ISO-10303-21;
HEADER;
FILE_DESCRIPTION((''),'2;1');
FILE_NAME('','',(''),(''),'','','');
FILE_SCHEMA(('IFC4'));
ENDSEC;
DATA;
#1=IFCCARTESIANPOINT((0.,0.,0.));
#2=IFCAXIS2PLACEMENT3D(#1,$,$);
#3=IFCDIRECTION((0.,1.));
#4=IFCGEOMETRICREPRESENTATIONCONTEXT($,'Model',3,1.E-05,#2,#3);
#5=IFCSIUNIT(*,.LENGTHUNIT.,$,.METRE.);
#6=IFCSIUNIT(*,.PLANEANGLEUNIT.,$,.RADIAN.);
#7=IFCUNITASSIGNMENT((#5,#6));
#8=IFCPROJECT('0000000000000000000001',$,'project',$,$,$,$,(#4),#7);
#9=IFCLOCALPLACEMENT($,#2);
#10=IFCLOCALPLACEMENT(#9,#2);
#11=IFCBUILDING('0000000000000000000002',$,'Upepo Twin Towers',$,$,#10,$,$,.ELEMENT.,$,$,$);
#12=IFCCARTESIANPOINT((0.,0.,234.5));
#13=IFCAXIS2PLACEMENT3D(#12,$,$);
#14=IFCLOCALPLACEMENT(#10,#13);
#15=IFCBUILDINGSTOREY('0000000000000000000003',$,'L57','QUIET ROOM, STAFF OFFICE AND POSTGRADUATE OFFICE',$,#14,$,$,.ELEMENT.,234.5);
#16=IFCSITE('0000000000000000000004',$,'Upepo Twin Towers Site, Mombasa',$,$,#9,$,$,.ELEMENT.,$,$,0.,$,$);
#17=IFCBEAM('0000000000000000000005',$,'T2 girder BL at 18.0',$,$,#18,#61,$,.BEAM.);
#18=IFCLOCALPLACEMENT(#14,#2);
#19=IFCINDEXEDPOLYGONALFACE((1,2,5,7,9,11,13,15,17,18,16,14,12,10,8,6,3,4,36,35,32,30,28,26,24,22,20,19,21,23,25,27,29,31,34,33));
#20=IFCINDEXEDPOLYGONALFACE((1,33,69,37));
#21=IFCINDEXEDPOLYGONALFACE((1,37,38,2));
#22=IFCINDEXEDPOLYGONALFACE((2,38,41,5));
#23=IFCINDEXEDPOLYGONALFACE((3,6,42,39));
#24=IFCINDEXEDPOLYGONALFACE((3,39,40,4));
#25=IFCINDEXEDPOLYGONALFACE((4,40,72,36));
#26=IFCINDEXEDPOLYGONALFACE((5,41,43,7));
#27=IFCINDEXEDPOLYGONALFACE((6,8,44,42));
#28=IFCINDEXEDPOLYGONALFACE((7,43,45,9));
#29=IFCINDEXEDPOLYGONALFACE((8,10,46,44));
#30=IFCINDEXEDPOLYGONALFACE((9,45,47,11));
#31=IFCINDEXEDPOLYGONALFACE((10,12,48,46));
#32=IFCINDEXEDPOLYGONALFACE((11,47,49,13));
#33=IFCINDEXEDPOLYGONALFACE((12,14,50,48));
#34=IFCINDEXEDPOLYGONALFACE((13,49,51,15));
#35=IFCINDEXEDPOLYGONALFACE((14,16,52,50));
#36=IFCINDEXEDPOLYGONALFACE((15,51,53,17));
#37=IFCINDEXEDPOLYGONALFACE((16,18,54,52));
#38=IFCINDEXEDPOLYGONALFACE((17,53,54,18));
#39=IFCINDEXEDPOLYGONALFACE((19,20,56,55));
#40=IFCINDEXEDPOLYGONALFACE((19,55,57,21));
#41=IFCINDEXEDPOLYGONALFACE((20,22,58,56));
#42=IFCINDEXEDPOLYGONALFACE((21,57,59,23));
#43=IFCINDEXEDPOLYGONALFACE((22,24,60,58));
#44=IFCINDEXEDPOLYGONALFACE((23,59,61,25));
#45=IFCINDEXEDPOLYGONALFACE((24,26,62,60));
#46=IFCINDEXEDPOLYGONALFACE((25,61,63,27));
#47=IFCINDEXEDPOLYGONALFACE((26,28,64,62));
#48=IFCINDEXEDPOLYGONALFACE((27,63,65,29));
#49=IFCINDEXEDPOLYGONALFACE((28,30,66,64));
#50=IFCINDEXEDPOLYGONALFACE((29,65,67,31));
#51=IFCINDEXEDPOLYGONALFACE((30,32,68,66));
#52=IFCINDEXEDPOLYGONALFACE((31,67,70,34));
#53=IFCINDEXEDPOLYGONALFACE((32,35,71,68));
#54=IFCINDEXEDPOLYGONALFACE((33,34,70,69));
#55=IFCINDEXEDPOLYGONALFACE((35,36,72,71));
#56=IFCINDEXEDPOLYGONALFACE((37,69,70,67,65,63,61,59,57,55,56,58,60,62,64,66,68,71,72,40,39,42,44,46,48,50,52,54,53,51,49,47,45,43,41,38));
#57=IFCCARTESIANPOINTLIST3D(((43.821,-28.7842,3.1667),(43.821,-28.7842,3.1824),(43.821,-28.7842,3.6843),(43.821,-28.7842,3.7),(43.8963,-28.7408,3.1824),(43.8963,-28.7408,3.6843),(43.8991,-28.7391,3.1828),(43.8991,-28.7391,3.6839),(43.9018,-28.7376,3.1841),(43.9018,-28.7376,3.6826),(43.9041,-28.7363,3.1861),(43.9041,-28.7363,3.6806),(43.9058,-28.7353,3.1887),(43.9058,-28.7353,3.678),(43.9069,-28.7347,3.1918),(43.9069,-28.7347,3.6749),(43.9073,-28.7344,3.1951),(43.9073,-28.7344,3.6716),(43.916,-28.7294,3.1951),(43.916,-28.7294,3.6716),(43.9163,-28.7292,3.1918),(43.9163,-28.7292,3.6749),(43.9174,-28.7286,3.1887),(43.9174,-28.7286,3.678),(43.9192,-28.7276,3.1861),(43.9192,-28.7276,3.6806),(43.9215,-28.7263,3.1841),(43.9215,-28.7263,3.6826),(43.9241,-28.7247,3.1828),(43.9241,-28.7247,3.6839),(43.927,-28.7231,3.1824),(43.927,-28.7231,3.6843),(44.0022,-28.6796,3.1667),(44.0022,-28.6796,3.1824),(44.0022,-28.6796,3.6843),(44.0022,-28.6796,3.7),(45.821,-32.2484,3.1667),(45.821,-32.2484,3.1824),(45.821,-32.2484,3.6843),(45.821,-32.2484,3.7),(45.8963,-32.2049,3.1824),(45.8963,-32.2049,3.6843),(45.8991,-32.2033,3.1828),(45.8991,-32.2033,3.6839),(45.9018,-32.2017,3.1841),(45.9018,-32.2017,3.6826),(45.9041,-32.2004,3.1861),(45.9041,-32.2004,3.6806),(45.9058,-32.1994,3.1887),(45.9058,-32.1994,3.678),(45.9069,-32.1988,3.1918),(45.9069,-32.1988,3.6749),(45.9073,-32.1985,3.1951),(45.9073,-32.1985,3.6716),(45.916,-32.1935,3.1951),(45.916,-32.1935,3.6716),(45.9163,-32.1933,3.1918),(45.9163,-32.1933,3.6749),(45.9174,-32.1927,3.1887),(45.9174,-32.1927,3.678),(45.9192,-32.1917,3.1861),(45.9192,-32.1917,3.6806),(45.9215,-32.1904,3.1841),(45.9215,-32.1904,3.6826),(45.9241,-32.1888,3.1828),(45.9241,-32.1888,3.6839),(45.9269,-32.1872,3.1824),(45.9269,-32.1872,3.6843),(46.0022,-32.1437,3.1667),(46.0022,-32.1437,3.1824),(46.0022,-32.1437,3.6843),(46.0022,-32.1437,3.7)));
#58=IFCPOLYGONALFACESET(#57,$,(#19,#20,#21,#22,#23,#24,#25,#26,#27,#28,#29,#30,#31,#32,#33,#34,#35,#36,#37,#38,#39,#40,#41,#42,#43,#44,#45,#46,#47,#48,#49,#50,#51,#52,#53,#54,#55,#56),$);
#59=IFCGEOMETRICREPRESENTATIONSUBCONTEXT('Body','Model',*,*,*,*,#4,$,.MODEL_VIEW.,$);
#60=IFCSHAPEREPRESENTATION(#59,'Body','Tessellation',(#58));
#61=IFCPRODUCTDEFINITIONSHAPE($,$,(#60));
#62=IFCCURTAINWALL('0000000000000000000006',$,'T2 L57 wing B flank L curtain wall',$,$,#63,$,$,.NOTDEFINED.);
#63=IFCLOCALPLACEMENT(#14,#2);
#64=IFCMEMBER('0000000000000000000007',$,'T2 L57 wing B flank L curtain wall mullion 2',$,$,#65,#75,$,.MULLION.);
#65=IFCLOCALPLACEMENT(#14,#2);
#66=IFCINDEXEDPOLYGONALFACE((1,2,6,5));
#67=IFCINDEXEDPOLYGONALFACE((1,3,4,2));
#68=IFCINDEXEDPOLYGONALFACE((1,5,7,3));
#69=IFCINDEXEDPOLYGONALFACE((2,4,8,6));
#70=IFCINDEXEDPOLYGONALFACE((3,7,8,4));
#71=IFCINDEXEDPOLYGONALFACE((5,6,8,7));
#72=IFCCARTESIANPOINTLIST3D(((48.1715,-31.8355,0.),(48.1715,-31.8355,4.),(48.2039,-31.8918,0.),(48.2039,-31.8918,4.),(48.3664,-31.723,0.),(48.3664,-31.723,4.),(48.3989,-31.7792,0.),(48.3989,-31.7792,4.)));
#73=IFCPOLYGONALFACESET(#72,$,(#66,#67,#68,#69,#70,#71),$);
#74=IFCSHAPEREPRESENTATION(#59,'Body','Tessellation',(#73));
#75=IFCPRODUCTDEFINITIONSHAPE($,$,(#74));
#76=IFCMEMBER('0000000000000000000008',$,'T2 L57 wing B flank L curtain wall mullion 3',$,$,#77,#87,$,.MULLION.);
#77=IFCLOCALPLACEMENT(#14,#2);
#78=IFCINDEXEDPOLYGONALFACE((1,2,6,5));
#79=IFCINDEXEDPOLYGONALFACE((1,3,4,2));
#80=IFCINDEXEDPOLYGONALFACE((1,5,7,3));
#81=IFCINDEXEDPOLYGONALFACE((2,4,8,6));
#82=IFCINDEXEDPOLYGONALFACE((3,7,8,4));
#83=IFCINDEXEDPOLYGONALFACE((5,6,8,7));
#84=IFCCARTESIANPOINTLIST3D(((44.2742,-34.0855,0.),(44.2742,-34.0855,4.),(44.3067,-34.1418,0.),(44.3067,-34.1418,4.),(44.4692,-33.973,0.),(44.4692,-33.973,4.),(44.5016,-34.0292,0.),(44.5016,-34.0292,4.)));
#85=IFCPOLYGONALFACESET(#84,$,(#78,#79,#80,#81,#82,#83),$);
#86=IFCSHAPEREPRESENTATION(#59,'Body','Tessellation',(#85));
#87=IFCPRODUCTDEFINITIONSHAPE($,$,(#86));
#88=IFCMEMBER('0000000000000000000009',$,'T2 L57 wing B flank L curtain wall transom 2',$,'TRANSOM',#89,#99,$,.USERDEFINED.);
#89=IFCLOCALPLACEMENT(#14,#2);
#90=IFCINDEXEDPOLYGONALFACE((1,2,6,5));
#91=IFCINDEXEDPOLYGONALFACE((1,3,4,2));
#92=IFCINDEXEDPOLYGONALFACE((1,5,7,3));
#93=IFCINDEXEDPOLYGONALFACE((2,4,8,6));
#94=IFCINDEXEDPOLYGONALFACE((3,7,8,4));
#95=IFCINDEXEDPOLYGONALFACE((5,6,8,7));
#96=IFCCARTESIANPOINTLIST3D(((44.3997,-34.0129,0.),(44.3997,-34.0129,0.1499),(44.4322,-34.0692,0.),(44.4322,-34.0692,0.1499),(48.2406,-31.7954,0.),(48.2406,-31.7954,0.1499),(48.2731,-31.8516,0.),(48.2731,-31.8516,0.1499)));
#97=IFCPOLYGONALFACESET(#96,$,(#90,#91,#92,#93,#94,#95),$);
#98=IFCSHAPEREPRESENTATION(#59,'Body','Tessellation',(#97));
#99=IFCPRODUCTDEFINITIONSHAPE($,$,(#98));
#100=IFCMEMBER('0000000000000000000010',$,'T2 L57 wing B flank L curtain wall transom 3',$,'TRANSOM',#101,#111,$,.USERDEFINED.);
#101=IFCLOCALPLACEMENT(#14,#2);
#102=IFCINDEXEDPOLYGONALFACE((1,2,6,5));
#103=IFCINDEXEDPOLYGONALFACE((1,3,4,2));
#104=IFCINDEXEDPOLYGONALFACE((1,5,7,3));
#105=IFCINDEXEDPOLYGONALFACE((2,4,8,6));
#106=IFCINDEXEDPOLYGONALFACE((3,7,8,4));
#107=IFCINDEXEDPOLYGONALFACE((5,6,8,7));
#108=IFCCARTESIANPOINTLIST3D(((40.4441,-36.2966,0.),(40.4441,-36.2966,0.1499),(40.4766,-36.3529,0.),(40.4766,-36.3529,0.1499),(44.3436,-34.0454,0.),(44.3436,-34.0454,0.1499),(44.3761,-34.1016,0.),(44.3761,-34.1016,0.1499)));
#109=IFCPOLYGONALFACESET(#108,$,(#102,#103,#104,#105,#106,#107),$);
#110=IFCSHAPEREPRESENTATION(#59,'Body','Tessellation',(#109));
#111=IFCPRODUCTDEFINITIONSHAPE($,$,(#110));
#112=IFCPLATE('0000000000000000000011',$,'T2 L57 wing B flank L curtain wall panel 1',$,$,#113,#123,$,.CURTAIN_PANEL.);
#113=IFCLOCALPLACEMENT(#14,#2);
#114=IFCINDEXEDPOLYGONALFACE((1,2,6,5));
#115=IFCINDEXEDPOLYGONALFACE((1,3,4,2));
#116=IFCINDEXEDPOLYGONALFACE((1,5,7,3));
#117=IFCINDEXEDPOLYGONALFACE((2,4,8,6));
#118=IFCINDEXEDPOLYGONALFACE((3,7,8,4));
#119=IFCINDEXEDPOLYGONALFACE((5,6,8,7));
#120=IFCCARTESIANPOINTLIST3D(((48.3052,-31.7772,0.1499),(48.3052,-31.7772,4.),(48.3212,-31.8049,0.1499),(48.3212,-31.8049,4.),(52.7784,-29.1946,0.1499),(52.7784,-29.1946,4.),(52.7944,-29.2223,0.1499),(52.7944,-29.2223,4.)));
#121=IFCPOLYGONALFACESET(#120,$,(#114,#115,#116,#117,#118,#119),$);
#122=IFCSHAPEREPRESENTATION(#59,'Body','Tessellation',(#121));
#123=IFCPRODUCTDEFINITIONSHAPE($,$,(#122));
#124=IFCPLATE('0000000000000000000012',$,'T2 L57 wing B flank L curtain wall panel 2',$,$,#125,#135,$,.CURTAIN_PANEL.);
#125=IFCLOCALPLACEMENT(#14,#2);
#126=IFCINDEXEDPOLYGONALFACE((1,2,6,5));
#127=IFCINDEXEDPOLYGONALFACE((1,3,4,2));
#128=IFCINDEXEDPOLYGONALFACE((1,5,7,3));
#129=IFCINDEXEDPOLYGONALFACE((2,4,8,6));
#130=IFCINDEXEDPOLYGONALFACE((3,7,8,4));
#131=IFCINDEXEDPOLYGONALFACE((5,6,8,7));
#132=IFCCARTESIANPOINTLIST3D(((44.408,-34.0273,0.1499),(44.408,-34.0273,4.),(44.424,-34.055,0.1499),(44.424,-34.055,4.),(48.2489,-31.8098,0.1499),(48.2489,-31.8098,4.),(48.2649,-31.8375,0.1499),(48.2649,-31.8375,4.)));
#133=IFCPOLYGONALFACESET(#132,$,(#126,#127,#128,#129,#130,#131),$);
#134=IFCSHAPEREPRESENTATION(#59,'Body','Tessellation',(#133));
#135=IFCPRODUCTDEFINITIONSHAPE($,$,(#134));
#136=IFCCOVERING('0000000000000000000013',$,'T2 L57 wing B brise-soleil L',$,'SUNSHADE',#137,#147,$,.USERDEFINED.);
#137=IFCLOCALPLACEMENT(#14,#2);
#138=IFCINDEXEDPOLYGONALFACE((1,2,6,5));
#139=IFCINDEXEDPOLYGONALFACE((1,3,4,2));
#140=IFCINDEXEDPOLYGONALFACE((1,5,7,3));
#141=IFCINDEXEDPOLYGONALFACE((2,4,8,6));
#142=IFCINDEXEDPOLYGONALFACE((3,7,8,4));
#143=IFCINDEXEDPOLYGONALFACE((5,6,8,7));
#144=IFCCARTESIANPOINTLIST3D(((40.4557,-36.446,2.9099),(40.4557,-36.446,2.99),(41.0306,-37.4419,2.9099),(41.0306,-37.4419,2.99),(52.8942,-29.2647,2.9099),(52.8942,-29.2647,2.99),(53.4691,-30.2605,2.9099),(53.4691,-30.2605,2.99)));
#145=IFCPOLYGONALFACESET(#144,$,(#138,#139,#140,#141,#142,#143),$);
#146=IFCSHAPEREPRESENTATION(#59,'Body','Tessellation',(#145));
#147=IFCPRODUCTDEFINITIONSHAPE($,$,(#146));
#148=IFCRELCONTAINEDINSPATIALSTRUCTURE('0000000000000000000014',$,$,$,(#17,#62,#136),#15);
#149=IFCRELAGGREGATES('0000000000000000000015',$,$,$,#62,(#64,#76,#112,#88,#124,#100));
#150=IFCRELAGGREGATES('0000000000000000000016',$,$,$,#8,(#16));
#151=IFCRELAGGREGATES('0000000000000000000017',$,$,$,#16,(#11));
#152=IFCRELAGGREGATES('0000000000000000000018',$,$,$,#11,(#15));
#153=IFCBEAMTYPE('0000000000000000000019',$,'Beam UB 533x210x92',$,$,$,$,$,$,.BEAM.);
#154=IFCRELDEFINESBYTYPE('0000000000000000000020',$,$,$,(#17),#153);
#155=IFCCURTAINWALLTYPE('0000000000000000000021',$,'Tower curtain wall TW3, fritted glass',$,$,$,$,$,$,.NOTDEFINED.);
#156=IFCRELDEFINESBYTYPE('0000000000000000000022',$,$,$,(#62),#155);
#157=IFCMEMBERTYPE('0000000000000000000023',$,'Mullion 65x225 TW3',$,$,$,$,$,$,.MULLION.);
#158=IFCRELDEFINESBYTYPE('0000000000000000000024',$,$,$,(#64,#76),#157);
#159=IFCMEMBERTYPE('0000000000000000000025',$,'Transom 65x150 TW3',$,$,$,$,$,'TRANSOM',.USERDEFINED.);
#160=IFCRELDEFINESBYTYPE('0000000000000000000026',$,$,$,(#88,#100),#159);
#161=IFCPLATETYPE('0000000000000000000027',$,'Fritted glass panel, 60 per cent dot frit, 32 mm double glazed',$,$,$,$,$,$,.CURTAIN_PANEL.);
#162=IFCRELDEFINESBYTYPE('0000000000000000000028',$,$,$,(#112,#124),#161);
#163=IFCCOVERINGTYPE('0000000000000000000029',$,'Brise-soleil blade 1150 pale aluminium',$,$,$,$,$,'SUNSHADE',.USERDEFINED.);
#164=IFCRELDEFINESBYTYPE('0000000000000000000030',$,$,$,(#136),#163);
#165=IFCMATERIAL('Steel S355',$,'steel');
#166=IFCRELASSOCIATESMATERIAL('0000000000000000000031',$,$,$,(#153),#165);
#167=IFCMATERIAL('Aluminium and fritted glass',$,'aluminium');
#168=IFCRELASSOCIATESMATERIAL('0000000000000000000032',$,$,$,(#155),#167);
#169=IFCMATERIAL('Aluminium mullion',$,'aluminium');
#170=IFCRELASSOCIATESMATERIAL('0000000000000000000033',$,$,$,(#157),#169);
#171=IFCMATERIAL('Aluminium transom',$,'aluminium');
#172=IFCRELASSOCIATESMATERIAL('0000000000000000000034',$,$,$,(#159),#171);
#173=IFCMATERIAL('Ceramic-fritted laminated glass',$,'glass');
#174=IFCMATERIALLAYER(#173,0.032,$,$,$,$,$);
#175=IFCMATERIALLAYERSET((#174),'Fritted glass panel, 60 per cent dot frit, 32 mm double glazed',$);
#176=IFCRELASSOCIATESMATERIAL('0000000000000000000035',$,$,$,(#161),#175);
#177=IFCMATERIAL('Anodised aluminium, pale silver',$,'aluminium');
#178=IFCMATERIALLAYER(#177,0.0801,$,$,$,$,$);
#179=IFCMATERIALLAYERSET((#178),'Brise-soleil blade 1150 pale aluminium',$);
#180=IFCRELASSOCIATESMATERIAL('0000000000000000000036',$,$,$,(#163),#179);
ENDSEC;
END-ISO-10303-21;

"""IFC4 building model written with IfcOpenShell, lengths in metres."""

from ifc_helpers import new_model, si_unit, direction, frame, origin, origin_2d, place, context, subcontext, project, spatial, rectangle, i_section, extrude, material, layer, layer_set, material_profile, profile_set, type_object, element, aggregate, save


model = new_model("IFC4")

# Units and contexts
model_context = context("Model", 3, precision=1e-05, world=origin(), true_north=direction((0.0, 1.0)))
body_context = subcontext(model_context, "Body", "Model", "MODEL_VIEW")
ifc_project = project(units=[si_unit("LENGTHUNIT", "METRE"), si_unit("PLANEANGLEUNIT", "RADIAN")], contexts=[model_context])

# Site, building, storey
site_placement = place(None, origin())
site = spatial("IfcSite", under=ifc_project, at=site_placement, Name="Upepo Twin Towers Site, Mombasa", CompositionType="ELEMENT", RefElevation=0.0)
building_placement = place(site_placement, origin())
building = spatial("IfcBuilding", under=site, at=building_placement, Name="Upepo Twin Towers", CompositionType="ELEMENT")
storey_placement = place(building_placement, frame((0.0, 0.0, 234.5)))
storey = spatial("IfcBuildingStorey", under=building, at=storey_placement, Name="L57", Description="QUIET ROOM, STAFF OFFICE AND POSTGRADUATE OFFICE", CompositionType="ELEMENT", Elevation=234.5)

# Beam
ifc_material_1 = material(Name="Steel S355", Category="steel")
ifc_material_profile_1 = material_profile(ifc_material_1, i_section(OverallWidth=0.2092, OverallDepth=0.5332, WebThickness=0.01, FlangeThickness=0.0156, FilletRadius=0.0127, at=origin_2d()), Name="UB 533x210x92")
ifc_profile_set_1 = profile_set([ifc_material_profile_1], Name="Steel S355")
beam_type_1 = type_object("IfcBeamType", Name="Beam UB 533x210x92", PredefinedType="BEAM", material=ifc_profile_set_1)
for number, where, z_axis, x_axis, name in (
    (1, (45.9116, -32.196, 3.4333), (-0.499999, 0.866026, 0.0), (-0.866026, -0.499999, 0.0), "T2 girder BL at 18.0"),
):
    element("IfcBeam", number, at=place(storey_placement, frame(where, z_axis=z_axis, x_axis=x_axis)), inside=storey, type_object=beam_type_1, Name=name, PredefinedType="BEAM", context=body_context, shape_type="SweptSolid", body=[
        extrude(i_section(OverallWidth=0.2092, OverallDepth=0.5332, WebThickness=0.01, FlangeThickness=0.0156, FilletRadius=0.0127, at=origin_2d()), origin(), (0.0, 0.0, 1.0), 4.0),
    ])

# Curtain wall, members, plates
ifc_material_2 = material(Name="Aluminium and fritted glass", Category="aluminium")
curtain_wall_type = type_object("IfcCurtainWallType", Name="Tower curtain wall TW3, fritted glass", PredefinedType="NOTDEFINED", material=ifc_material_2)
curtain_wall_placement = place(storey_placement, origin())
curtain_wall = element("IfcCurtainWall", 2, at=curtain_wall_placement, inside=storey, type_object=curtain_wall_type, Name="T2 L57 wing B flank L curtain wall", PredefinedType="NOTDEFINED")
ifc_material_3 = material(Name="Aluminium mullion", Category="aluminium")
ifc_material_profile_2 = material_profile(ifc_material_3, rectangle(XDim=0.0649, YDim=0.2251, at=origin_2d()), Name="MULLION 65x225")
ifc_profile_set_2 = profile_set([ifc_material_profile_2], Name="Aluminium mullion")
member_type_1 = type_object("IfcMemberType", Name="Mullion 65x225 TW3", PredefinedType="MULLION", material=ifc_profile_set_2)
member_1_placement = place(storey_placement, frame((48.2852, -31.8074, 0.0), z_axis=(0.0, 0.0, 1.0), x_axis=(0.5, -0.866025, 0.0)))
member_1 = element("IfcMember", 3, at=member_1_placement, type_object=member_type_1, Name="T2 L57 wing B flank L curtain wall mullion 2", PredefinedType="MULLION", context=body_context, shape_type="SweptSolid", body=[
    extrude(rectangle(XDim=0.0649, YDim=0.2251, at=origin_2d()), origin(), (0.0, 0.0, 1.0), 4.0),
])
member_2_placement = place(storey_placement, frame((44.3879, -34.0574, 0.0), z_axis=(0.0, 0.0, 1.0), x_axis=(0.5, -0.866025, 0.0)))
member_2 = element("IfcMember", 4, at=member_2_placement, type_object=member_type_1, Name="T2 L57 wing B flank L curtain wall mullion 3", PredefinedType="MULLION", context=body_context, shape_type="SweptSolid", body=[
    extrude(rectangle(XDim=0.0649, YDim=0.2251, at=origin_2d()), origin(), (0.0, 0.0, 1.0), 4.0),
])
ifc_material_4 = material(Name="Aluminium transom", Category="aluminium")
ifc_material_profile_3 = material_profile(ifc_material_4, rectangle(XDim=0.0649, YDim=0.1499, at=origin_2d()), Name="TRANSOM 65x150")
ifc_profile_set_3 = profile_set([ifc_material_profile_3], Name="Aluminium transom")
member_type_2 = type_object("IfcMemberType", Name="Transom 65x150 TW3", ElementType="TRANSOM", PredefinedType="USERDEFINED", material=ifc_profile_set_3)
member_3_placement = place(storey_placement, frame((48.2568, -31.8235, 0.075), z_axis=(-0.866022, -0.500005, 0.0), x_axis=(0.500005, -0.866022, 0.0)))
member_3 = element("IfcMember", 5, at=member_3_placement, type_object=member_type_2, Name="T2 L57 wing B flank L curtain wall transom 2", ObjectType="TRANSOM", PredefinedType="USERDEFINED", context=body_context, shape_type="SweptSolid", body=[
    extrude(rectangle(XDim=0.0649, YDim=0.1499, at=origin_2d()), origin(), (0.0, 0.0, 1.0), 4.4351),
])
member_4_placement = place(storey_placement, frame((44.3599, -34.0735, 0.075), z_axis=(-0.866036, -0.499982, 0.0), x_axis=(0.499982, -0.866036, 0.0)))
member_4 = element("IfcMember", 6, at=member_4_placement, type_object=member_type_2, Name="T2 L57 wing B flank L curtain wall transom 3", ObjectType="TRANSOM", PredefinedType="USERDEFINED", context=body_context, shape_type="SweptSolid", body=[
    extrude(rectangle(XDim=0.0649, YDim=0.1499, at=origin_2d()), origin(), (0.0, 0.0, 1.0), 4.5027),
])
ifc_material_5 = material(Name="Ceramic-fritted laminated glass", Category="glass")
ifc_layer_1 = layer(ifc_material_5, 0.032)
ifc_layer_set_1 = layer_set([ifc_layer_1], Name="Fritted glass panel, 60 per cent dot frit, 32 mm double glazed")
plate_type = type_object("IfcPlateType", Name="Fritted glass panel, 60 per cent dot frit, 32 mm double glazed", PredefinedType="CURTAIN_PANEL", material=ifc_layer_set_1)
plate_1_placement = place(storey_placement, frame((50.5498, -30.4998, 0.1499), z_axis=(0.0, 0.0, 1.0), x_axis=(-0.866025, -0.5, 0.0)))
plate_1 = element("IfcPlate", 7, at=plate_1_placement, type_object=plate_type, Name="T2 L57 wing B flank L curtain wall panel 1", PredefinedType="CURTAIN_PANEL", context=body_context, shape_type="SweptSolid", body=[
    extrude(rectangle(XDim=5.1653, YDim=0.032, at=origin_2d()), origin(), (0.0, 0.0, 1.0), 3.8501),
])
plate_2_placement = place(storey_placement, frame((46.3364, -32.9324, 0.1499), z_axis=(0.0, 0.0, 1.0), x_axis=(-0.866025, -0.5, 0.0)))
plate_2 = element("IfcPlate", 8, at=plate_2_placement, type_object=plate_type, Name="T2 L57 wing B flank L curtain wall panel 2", PredefinedType="CURTAIN_PANEL", context=body_context, shape_type="SweptSolid", body=[
    extrude(rectangle(XDim=4.4351, YDim=0.032, at=origin_2d()), origin(), (0.0, 0.0, 1.0), 3.8501),
])
aggregate(curtain_wall, [member_1, member_2, plate_1, member_3, plate_2, member_4])

# Covering
ifc_material_6 = material(Name="Anodised aluminium, pale silver", Category="aluminium")
ifc_layer_2 = layer(ifc_material_6, 0.0801)
ifc_layer_set_2 = layer_set([ifc_layer_2], Name="Brise-soleil blade 1150 pale aluminium")
covering_type = type_object("IfcCoveringType", Name="Brise-soleil blade 1150 pale aluminium", ElementType="SUNSHADE", PredefinedType="USERDEFINED", material=ifc_layer_set_2)
covering_placement = place(storey_placement, frame((46.9624, -33.3533, 2.9099), z_axis=(0.0, 0.0, 1.0), x_axis=(-0.866025, -0.5, 0.0)))
element("IfcCovering", 9, at=covering_placement, inside=storey, type_object=covering_type, Name="T2 L57 wing B brise-soleil L", ObjectType="SUNSHADE", PredefinedType="USERDEFINED", context=body_context, shape_type="SweptSolid", body=[
    extrude(rectangle(XDim=14.3628, YDim=1.1499, at=origin_2d()), origin(), (0.0, 0.0, 1.0), 0.0801),
])

save(model, "model.ifc")
